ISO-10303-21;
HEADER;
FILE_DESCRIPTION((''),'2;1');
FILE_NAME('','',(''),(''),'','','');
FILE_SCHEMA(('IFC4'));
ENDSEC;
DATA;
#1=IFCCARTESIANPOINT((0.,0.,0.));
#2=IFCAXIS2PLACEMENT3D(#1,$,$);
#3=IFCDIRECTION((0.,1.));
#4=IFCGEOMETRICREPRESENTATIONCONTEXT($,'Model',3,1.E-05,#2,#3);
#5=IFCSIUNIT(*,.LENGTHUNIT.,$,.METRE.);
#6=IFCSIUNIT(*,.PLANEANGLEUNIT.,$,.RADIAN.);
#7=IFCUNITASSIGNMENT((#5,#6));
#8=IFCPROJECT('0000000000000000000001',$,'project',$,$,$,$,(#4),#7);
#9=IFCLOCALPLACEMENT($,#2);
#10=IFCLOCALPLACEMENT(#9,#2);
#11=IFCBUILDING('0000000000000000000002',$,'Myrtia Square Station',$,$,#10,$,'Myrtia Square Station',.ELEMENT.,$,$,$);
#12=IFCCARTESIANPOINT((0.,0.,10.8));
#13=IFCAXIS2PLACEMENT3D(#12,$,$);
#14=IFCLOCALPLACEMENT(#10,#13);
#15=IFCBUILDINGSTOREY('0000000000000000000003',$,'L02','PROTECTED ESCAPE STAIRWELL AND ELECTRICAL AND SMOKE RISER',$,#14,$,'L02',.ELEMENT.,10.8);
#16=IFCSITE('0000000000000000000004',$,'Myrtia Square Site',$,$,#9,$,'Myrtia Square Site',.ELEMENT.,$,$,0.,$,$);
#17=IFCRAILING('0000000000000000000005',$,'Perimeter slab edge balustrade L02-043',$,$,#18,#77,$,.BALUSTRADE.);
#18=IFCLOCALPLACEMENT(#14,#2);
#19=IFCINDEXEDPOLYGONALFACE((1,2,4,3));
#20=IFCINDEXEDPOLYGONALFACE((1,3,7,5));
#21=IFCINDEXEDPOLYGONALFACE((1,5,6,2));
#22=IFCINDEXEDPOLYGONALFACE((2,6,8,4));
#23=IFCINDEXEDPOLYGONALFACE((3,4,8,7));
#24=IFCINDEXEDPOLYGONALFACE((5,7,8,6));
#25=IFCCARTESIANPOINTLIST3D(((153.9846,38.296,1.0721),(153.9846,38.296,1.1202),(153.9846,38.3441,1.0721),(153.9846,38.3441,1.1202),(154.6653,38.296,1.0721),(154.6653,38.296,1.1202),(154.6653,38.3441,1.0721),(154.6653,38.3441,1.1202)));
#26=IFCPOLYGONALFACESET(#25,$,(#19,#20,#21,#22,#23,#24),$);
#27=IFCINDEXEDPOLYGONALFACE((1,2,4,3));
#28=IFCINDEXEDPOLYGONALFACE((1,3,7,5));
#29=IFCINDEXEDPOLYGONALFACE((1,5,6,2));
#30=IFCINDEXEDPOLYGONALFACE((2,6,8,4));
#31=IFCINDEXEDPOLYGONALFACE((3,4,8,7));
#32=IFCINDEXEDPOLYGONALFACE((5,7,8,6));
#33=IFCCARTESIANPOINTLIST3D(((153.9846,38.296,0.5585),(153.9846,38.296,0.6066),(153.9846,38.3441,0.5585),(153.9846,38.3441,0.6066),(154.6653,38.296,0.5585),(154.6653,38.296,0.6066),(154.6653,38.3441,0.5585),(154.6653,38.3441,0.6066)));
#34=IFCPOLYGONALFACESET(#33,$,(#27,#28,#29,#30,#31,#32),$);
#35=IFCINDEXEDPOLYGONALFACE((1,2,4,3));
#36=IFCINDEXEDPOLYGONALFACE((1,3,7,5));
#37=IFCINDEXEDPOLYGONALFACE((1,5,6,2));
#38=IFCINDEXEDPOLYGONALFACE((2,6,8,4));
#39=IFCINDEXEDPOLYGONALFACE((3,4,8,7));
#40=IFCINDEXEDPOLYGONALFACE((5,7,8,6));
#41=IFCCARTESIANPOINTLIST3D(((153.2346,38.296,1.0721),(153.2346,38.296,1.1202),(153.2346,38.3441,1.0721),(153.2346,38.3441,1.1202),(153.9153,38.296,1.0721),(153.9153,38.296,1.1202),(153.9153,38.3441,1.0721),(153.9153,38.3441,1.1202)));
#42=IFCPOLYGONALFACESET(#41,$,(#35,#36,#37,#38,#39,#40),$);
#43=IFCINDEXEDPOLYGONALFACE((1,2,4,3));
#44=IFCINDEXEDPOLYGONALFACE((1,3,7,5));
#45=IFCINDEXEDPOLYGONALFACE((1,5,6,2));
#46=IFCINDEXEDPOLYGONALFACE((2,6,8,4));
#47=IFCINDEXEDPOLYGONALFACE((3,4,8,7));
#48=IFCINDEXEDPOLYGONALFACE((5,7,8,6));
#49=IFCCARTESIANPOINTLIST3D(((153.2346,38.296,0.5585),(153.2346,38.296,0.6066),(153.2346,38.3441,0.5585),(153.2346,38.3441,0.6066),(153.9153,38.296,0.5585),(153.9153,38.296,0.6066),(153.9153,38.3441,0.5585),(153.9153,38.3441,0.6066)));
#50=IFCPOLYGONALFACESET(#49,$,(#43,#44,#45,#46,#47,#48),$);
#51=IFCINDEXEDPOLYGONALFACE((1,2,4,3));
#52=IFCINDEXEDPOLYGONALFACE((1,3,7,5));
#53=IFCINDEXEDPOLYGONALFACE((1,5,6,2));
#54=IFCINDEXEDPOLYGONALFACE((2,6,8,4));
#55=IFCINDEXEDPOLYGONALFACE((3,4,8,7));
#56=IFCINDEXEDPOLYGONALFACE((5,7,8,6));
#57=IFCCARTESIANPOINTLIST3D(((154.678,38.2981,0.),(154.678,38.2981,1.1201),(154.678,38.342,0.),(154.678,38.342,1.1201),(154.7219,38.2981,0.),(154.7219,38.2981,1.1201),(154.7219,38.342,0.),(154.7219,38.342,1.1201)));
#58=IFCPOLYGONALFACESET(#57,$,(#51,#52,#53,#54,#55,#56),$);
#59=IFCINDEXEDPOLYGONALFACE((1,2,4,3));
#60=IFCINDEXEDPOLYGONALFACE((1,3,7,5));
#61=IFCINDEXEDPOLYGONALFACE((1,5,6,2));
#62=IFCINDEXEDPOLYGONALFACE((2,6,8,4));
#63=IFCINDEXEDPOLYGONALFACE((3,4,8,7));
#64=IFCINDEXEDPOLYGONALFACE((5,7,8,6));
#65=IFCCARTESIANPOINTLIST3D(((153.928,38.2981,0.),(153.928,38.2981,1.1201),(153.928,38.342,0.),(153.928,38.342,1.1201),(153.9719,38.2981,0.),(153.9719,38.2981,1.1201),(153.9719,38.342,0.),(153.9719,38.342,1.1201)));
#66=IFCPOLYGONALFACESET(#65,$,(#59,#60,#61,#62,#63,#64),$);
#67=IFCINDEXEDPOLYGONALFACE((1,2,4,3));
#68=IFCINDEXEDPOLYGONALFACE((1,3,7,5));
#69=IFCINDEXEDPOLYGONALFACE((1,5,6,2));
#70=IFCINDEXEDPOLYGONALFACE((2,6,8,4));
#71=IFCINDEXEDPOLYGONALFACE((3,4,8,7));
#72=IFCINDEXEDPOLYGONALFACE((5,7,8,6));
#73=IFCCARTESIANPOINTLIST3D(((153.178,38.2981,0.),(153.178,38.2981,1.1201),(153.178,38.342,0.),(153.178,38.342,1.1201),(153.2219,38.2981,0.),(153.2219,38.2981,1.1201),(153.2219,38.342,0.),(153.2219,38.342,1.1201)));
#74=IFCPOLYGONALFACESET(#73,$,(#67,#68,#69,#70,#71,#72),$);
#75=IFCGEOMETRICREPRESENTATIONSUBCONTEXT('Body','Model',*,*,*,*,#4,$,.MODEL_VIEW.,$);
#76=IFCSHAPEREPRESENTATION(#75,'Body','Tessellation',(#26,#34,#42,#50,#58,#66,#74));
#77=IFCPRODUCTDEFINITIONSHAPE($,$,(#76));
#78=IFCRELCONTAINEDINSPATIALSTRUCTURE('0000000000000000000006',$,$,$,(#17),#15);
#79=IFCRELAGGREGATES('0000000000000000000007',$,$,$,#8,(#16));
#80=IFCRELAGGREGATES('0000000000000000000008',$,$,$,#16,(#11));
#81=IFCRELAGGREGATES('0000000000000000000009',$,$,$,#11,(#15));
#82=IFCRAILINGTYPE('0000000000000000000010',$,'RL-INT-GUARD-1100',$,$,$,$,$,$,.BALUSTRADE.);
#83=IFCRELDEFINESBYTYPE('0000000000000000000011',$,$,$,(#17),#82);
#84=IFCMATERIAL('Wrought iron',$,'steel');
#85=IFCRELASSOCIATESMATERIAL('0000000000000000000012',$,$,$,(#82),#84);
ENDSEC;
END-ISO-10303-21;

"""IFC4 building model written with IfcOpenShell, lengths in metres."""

from ifc_helpers import new_model, si_unit, direction, frame, origin, origin_2d, place, context, subcontext, project, spatial, rectangle, extrude, material, type_object, element, save


model = new_model("IFC4")

# Units and contexts
model_context = context("Model", 3, precision=1e-05, world=origin(), true_north=direction((0.0, 1.0)))
body_context = subcontext(model_context, "Body", "Model", "MODEL_VIEW")
ifc_project = project(units=[si_unit("LENGTHUNIT", "METRE"), si_unit("PLANEANGLEUNIT", "RADIAN")], contexts=[model_context])

# Site, building, storey
site_placement = place(None, origin())
site = spatial("IfcSite", under=ifc_project, at=site_placement, Name="Myrtia Square Site", LongName="Myrtia Square Site", CompositionType="ELEMENT", RefElevation=0.0)
building_placement = place(site_placement, origin())
building = spatial("IfcBuilding", under=site, at=building_placement, Name="Myrtia Square Station", LongName="Myrtia Square Station", CompositionType="ELEMENT")
storey_placement = place(building_placement, frame((0.0, 0.0, 10.8)))
storey = spatial("IfcBuildingStorey", under=building, at=storey_placement, Name="L02", Description="PROTECTED ESCAPE STAIRWELL AND ELECTRICAL AND SMOKE RISER", LongName="L02", CompositionType="ELEMENT", Elevation=10.8)

# Railing
ifc_material_1 = material(Name="Wrought iron", Category="steel")
railing_type = type_object("IfcRailingType", Name="RL-INT-GUARD-1100", PredefinedType="BALUSTRADE", material=ifc_material_1)
railing_placement = place(storey_placement, frame((154.7, 38.3201, 0.0)))
element("IfcRailing", 1, at=railing_placement, inside=storey, type_object=railing_type, Name="Perimeter slab edge balustrade L02-043", PredefinedType="BALUSTRADE", context=body_context, shape_type="SweptSolid", body=[
    extrude(rectangle(XDim=0.0481, YDim=0.0481, at=origin_2d()), frame((-0.0347, 0.0, 1.0962), z_axis=(-1.0, 0.0, 0.0), x_axis=(0.0, -1.0, 0.0)), (0.0, 0.0, 1.0), 0.6807),
    extrude(rectangle(XDim=0.0481, YDim=0.0481, at=origin_2d()), frame((-0.0347, 0.0, 0.5825), z_axis=(-1.0, 0.0, 0.0), x_axis=(0.0, -1.0, 0.0)), (0.0, 0.0, 1.0), 0.6807),
    extrude(rectangle(XDim=0.0481, YDim=0.0481, at=origin_2d()), frame((-0.7847, 0.0, 1.0962), z_axis=(-1.0, 0.0, 0.0), x_axis=(0.0, -1.0, 0.0)), (0.0, 0.0, 1.0), 0.6807),
    extrude(rectangle(XDim=0.0481, YDim=0.0481, at=origin_2d()), frame((-0.7847, 0.0, 0.5825), z_axis=(-1.0, 0.0, 0.0), x_axis=(0.0, -1.0, 0.0)), (0.0, 0.0, 1.0), 0.6807),
    extrude(rectangle(XDim=0.0439, YDim=0.0439, at=origin_2d()), origin(), (0.0, 0.0, 1.0), 1.1201),
    extrude(rectangle(XDim=0.0439, YDim=0.0439, at=origin_2d()), frame((-0.75, 0.0, 0.0)), (0.0, 0.0, 1.0), 1.1201),
    extrude(rectangle(XDim=0.0439, YDim=0.0439, at=origin_2d()), frame((-1.5, 0.0, 0.0)), (0.0, 0.0, 1.0), 1.1201),
])

save(model, "model.ifc")
